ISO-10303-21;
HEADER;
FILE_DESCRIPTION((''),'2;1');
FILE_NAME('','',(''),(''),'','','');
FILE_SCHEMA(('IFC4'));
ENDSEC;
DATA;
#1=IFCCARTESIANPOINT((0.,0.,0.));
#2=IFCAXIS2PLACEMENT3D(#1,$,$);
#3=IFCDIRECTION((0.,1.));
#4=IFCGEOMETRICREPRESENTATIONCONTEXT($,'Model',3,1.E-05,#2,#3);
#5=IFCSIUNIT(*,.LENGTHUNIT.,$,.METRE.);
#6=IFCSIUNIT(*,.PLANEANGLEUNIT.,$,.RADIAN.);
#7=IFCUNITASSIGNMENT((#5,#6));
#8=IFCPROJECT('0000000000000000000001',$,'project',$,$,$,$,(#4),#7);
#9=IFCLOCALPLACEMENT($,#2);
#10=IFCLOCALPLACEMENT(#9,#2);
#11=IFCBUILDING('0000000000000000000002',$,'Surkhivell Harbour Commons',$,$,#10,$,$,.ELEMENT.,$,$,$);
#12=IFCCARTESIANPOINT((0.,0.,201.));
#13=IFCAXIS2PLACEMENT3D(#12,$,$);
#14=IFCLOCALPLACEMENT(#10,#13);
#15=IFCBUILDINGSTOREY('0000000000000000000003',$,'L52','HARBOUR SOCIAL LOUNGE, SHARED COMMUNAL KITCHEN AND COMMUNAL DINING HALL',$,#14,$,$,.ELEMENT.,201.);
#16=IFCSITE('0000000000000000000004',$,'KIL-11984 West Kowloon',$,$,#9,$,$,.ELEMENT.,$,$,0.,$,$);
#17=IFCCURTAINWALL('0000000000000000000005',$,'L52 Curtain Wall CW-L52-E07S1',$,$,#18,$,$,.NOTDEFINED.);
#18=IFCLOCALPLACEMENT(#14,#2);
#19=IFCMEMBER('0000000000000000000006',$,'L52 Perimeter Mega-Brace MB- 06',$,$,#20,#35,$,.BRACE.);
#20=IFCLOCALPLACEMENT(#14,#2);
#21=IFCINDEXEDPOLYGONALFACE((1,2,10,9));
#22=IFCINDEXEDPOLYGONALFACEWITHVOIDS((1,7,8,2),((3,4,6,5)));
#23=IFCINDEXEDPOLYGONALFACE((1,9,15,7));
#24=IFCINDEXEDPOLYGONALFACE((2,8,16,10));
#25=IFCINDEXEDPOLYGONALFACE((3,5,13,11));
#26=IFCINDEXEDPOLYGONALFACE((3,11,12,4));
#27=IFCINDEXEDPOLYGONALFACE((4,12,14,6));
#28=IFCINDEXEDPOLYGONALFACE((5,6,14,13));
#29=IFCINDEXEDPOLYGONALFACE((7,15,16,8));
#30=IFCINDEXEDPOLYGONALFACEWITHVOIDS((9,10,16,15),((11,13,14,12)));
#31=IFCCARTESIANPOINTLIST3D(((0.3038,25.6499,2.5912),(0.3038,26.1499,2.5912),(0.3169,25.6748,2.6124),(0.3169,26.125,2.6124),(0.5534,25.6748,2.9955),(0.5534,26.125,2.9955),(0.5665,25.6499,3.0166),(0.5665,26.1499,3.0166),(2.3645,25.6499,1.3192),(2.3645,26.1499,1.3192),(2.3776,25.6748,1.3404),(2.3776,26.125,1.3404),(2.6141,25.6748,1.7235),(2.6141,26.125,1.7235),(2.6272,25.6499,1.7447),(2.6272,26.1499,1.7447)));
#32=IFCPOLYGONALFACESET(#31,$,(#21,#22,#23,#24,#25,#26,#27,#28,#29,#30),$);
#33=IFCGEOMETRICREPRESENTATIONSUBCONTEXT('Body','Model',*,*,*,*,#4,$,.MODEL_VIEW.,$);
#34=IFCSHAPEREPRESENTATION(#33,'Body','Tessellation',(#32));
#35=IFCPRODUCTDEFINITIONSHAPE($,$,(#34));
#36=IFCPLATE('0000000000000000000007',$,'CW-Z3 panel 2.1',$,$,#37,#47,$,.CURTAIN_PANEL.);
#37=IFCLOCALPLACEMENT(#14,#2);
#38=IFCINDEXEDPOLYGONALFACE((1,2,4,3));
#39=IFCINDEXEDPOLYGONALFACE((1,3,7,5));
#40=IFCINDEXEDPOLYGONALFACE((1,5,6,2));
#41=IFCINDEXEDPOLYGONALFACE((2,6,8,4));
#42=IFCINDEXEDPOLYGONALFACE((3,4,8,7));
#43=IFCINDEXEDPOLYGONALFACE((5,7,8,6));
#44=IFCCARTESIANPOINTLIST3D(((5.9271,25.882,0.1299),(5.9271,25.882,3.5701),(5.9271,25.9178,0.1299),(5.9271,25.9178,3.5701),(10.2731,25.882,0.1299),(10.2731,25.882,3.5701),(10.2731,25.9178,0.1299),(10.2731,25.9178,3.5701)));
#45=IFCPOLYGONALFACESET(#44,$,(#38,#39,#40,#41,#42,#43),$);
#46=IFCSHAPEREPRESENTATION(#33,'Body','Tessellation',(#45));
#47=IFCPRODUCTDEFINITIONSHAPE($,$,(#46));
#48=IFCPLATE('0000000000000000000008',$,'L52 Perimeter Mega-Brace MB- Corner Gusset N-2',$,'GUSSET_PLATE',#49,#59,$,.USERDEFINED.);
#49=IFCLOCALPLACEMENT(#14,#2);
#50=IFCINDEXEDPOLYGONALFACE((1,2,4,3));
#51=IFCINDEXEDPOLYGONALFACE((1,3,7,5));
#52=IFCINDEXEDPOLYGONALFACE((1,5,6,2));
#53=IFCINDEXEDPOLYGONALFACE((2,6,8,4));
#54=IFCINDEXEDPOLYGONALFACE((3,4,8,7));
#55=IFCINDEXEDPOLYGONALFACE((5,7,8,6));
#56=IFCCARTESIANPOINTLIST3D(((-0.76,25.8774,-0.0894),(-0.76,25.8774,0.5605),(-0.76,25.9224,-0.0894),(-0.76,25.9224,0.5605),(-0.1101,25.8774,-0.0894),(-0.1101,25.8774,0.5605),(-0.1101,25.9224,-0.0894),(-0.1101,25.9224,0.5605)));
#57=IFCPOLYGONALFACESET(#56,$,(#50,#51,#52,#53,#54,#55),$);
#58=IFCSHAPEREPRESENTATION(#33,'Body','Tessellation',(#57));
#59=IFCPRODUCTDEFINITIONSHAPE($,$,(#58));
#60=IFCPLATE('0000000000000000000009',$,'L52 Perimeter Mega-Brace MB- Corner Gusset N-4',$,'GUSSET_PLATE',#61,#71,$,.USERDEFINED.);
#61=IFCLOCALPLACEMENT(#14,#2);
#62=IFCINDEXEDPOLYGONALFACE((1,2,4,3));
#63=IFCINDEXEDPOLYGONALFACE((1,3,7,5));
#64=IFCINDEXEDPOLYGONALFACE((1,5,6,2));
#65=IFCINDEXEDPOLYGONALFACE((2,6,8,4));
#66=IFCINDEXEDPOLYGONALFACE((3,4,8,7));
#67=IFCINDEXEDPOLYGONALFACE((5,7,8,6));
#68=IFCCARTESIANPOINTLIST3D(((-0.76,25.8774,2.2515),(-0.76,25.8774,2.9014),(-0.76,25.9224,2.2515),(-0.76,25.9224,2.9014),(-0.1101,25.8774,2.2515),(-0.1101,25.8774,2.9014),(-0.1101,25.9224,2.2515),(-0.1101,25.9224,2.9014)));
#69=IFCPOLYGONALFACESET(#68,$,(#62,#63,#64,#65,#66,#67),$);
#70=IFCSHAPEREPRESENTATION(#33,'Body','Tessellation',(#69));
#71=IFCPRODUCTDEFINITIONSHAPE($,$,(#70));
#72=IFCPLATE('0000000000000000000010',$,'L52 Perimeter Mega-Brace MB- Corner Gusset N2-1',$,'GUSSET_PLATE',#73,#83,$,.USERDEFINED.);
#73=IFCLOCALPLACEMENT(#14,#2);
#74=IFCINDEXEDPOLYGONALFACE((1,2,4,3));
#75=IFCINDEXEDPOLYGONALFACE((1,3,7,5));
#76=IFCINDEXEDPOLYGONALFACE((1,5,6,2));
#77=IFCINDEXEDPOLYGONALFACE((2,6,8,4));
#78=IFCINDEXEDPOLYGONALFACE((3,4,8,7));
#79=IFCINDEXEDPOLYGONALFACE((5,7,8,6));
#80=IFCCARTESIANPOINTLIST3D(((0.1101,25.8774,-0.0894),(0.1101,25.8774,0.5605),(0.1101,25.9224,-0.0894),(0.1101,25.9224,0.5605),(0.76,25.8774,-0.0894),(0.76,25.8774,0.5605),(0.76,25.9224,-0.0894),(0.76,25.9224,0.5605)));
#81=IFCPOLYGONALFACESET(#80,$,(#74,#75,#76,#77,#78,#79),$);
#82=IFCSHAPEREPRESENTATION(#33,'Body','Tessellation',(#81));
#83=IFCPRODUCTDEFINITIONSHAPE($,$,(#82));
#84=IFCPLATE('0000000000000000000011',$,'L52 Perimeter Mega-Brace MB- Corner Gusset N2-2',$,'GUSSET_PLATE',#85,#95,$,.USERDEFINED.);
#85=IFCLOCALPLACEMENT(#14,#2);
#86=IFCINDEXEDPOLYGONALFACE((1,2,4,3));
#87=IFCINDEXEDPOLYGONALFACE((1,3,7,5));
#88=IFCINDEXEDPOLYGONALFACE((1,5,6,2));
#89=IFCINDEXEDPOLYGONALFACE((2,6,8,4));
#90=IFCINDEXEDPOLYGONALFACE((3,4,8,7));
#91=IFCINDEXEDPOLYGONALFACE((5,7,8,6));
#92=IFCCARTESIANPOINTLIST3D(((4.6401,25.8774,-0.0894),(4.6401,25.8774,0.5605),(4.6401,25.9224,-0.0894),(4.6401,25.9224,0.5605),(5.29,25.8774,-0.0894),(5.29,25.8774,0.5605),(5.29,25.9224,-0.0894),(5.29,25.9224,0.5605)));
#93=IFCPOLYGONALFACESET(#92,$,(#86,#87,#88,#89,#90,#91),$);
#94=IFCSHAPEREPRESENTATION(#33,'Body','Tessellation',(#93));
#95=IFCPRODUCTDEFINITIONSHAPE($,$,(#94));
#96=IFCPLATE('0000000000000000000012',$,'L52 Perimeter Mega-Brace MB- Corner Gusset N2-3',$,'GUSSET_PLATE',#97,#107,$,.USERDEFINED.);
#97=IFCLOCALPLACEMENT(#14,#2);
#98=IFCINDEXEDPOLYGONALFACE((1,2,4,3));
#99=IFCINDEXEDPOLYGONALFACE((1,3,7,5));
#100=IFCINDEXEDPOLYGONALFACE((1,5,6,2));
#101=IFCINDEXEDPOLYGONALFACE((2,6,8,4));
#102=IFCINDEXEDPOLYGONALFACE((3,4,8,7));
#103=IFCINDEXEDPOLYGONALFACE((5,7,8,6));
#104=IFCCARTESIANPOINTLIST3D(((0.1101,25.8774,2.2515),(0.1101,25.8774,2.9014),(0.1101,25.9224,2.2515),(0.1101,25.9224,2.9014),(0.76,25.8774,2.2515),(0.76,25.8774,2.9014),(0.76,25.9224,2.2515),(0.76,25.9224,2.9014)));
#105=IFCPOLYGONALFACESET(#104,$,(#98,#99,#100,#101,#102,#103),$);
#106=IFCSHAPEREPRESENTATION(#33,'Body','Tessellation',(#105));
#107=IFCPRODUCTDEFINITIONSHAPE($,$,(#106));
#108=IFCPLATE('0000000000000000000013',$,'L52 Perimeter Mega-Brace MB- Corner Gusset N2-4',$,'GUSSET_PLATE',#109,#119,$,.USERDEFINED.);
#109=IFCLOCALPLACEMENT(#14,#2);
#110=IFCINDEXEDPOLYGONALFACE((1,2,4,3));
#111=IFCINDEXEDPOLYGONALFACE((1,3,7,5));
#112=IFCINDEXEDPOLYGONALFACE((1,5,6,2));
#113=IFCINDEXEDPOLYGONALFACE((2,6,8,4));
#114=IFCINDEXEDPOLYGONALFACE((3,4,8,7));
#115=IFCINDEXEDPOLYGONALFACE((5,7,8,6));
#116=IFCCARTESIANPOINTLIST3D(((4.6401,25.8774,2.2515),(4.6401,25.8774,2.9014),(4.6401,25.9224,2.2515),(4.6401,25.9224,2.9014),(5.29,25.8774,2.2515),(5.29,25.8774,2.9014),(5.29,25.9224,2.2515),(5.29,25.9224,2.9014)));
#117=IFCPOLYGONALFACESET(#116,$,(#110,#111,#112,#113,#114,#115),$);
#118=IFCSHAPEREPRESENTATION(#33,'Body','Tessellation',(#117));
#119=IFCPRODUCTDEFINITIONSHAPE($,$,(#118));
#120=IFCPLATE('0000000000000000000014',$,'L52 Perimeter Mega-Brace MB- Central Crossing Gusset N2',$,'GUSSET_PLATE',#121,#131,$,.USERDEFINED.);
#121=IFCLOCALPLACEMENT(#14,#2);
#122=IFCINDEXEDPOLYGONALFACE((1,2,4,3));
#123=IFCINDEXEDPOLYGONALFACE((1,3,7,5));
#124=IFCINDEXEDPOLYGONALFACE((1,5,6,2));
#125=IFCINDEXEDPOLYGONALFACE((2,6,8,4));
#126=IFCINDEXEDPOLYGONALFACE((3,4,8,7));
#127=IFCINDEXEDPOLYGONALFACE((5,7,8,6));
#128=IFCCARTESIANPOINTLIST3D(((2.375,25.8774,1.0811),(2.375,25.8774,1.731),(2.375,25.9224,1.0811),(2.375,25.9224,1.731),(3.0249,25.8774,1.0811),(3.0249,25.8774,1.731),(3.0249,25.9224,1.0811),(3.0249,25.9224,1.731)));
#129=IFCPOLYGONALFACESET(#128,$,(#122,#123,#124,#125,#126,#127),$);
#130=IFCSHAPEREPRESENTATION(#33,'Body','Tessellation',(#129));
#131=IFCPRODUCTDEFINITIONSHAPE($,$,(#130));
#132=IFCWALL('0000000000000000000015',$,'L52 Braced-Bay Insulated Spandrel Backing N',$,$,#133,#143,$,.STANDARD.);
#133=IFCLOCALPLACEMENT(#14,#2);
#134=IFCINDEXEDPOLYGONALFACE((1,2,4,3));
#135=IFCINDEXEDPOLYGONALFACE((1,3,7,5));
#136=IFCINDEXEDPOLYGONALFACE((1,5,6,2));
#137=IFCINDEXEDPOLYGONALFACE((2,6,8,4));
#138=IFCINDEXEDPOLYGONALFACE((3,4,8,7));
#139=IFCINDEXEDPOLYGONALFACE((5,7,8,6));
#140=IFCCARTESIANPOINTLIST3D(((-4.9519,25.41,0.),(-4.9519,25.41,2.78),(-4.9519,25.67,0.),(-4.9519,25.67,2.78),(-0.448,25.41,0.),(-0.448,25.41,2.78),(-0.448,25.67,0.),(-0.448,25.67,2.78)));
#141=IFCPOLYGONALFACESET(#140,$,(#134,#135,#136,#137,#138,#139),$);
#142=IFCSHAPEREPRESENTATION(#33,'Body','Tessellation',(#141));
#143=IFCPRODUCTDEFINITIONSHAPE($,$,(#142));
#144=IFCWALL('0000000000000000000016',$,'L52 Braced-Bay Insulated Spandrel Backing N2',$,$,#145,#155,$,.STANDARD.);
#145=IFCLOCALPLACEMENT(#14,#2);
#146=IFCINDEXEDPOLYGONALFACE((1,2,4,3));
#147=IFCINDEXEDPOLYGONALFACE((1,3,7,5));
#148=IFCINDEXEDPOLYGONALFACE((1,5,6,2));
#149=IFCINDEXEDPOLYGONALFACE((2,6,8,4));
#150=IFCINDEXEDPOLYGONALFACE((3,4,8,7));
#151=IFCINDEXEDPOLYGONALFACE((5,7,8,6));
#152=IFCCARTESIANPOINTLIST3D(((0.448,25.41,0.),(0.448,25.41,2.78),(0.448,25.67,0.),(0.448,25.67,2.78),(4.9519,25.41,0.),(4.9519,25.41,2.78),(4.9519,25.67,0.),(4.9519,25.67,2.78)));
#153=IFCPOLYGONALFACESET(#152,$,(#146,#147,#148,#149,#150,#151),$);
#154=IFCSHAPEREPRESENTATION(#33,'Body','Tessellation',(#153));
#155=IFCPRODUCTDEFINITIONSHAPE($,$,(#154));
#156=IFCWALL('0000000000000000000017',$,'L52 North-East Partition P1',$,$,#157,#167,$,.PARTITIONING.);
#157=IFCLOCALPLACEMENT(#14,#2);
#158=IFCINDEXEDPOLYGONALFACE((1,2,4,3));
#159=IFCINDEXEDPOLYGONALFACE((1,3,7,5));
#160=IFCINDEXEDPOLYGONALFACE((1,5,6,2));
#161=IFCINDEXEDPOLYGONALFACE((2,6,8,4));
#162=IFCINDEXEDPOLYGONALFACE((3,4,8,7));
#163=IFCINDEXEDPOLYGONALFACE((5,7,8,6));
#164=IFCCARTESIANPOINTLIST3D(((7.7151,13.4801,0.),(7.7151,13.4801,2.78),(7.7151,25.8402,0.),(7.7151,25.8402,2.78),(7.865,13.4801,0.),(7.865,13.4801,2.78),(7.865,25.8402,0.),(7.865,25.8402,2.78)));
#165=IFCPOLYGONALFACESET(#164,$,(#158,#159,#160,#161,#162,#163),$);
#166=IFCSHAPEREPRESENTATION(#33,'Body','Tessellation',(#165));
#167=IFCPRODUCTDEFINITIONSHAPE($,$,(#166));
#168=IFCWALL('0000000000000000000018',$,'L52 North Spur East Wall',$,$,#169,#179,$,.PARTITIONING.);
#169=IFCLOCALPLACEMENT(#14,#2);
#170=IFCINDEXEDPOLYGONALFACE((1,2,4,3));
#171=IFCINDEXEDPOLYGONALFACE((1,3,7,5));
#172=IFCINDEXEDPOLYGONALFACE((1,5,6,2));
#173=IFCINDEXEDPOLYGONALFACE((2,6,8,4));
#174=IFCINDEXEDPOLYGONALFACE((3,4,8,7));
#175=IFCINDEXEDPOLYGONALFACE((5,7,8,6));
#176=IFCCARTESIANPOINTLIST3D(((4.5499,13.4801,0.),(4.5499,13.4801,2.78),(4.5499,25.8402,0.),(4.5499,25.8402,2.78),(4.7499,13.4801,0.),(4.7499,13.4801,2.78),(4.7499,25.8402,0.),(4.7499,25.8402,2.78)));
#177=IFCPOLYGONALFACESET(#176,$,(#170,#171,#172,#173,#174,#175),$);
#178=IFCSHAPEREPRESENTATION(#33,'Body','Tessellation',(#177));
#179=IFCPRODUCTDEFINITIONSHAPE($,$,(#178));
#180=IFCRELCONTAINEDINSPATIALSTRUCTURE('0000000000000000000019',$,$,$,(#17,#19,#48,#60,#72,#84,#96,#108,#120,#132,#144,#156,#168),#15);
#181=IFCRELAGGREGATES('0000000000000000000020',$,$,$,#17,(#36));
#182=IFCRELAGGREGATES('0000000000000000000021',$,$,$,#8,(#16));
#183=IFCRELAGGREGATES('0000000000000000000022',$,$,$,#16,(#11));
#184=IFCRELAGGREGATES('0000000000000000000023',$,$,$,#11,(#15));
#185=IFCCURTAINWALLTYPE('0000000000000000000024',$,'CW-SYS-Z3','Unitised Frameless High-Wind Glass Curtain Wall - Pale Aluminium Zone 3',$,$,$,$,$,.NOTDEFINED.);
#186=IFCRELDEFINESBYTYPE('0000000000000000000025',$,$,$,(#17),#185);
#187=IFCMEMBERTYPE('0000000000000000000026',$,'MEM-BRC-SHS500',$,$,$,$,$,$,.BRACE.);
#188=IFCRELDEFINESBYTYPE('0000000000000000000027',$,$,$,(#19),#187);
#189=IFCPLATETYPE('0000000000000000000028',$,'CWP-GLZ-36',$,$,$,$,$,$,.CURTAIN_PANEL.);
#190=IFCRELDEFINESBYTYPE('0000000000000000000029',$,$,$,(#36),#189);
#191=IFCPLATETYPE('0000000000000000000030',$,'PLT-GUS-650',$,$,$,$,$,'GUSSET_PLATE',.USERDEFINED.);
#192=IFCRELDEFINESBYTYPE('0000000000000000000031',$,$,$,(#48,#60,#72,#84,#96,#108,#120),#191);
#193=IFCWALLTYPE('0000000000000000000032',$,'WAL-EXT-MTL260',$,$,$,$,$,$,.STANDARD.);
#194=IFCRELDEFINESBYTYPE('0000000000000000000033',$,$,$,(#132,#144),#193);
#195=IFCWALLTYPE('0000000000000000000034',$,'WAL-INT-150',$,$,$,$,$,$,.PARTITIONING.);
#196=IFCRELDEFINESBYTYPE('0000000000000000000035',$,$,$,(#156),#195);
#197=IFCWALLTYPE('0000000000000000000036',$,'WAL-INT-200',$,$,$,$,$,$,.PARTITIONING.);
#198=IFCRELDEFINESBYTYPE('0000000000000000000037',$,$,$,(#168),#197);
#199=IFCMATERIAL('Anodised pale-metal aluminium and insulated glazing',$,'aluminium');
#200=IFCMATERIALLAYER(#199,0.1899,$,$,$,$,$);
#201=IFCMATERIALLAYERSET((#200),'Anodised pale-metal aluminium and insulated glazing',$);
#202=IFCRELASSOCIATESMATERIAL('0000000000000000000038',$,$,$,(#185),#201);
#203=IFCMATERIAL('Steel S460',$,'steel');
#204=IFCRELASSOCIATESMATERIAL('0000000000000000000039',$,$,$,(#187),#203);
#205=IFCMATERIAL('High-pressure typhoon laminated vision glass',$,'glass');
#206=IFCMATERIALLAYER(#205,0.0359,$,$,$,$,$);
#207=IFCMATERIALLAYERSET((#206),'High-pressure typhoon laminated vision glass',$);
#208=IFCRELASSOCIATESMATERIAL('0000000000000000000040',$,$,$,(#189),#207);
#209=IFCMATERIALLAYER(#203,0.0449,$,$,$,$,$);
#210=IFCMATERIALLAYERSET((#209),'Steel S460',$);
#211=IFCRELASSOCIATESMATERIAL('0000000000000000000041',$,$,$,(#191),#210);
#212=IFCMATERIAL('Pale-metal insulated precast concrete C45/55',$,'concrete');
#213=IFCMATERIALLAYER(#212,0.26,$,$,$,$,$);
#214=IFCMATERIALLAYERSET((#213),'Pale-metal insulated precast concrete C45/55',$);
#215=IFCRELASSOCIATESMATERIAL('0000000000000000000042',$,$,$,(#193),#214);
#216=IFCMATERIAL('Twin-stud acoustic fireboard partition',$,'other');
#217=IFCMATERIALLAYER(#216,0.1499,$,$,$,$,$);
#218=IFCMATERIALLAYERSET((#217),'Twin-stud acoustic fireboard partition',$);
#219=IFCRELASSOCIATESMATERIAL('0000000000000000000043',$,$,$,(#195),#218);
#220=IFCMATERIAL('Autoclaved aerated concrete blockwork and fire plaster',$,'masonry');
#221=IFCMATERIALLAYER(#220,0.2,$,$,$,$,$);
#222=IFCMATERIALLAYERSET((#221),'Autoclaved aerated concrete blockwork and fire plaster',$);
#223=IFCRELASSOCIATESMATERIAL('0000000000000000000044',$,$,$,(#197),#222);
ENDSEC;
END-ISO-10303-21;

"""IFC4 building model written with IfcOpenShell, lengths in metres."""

from ifc_helpers import new_model, si_unit, direction, frame, frame_2d, origin, origin_2d, place, context, subcontext, project, spatial, rectangle, hollow_rectangle, extrude, material, layer, layer_set, material_profile, profile_set, type_object, element, aggregate, save


model = new_model("IFC4")

# Units and contexts
model_context = context("Model", 3, precision=1e-05, world=origin(), true_north=direction((0.0, 1.0)))
body_context = subcontext(model_context, "Body", "Model", "MODEL_VIEW")
ifc_project = project(units=[si_unit("LENGTHUNIT", "METRE"), si_unit("PLANEANGLEUNIT", "RADIAN")], contexts=[model_context])

# Site, building, storey
site_placement = place(None, origin())
site = spatial("IfcSite", under=ifc_project, at=site_placement, Name="KIL-11984 West Kowloon", CompositionType="ELEMENT", RefElevation=0.0)
building_placement = place(site_placement, origin())
building = spatial("IfcBuilding", under=site, at=building_placement, Name="Surkhivell Harbour Commons", CompositionType="ELEMENT")
storey_placement = place(building_placement, frame((0.0, 0.0, 201.0)))
storey = spatial("IfcBuildingStorey", under=building, at=storey_placement, Name="L52", Description="HARBOUR SOCIAL LOUNGE, SHARED COMMUNAL KITCHEN AND COMMUNAL DINING HALL", CompositionType="ELEMENT", Elevation=201.0)

# Curtain wall
ifc_material_1 = material(Name="Anodised pale-metal aluminium and insulated glazing", Category="aluminium")
ifc_layer_1 = layer(ifc_material_1, 0.1899)
ifc_layer_set_1 = layer_set([ifc_layer_1], Name="Anodised pale-metal aluminium and insulated glazing")
curtain_wall_type = type_object("IfcCurtainWallType", Name="CW-SYS-Z3", Description="Unitised Frameless High-Wind Glass Curtain Wall - Pale Aluminium Zone 3", PredefinedType="NOTDEFINED", material=ifc_layer_set_1)
curtain_wall_placement = place(storey_placement, origin())
curtain_wall = element("IfcCurtainWall", 1, at=curtain_wall_placement, inside=storey, type_object=curtain_wall_type, Name="L52 Curtain Wall CW-L52-E07S1", PredefinedType="NOTDEFINED")

# Member
ifc_material_2 = material(Name="Steel S460", Category="steel")
ifc_material_profile_1 = material_profile(ifc_material_2, hollow_rectangle(XDim=0.5, YDim=0.5, WallThickness=0.0249, at=origin_2d()), Name="SHS500x500x25")
ifc_profile_set_1 = profile_set([ifc_material_profile_1], Name="Steel S460")
member_type_1 = type_object("IfcMemberType", Name="MEM-BRC-SHS500", PredefinedType="BRACE", material=ifc_profile_set_1)
for number, where, z_axis, x_axis, name in (
    (2, (2.4958, 25.8999, 1.532), (-0.850958, 0.0, 0.525233), (0.0, -1.0, 0.0), "L52 Perimeter Mega-Brace MB- 06"),
):
    element("IfcMember", number, at=place(storey_placement, frame(where, z_axis=z_axis, x_axis=x_axis)), inside=storey, type_object=member_type_1, Name=name, PredefinedType="BRACE", context=body_context, shape_type="SweptSolid", body=[
        extrude(hollow_rectangle(XDim=0.5, YDim=0.5, WallThickness=0.0249, at=origin_2d()), origin(), (0.0, 0.0, 1.0), 2.4216),
    ])

# Plate
ifc_material_3 = material(Name="High-pressure typhoon laminated vision glass", Category="glass")
ifc_layer_2 = layer(ifc_material_3, 0.0359)
ifc_layer_set_2 = layer_set([ifc_layer_2], Name="High-pressure typhoon laminated vision glass")
plate_type_1 = type_object("IfcPlateType", Name="CWP-GLZ-36", PredefinedType="CURTAIN_PANEL", material=ifc_layer_set_2)
plate_placement = place(storey_placement, frame((10.2729, 25.8999, 0.1299), z_axis=(0.0, 0.0, 1.0), x_axis=(-1.0, 0.0, 0.0)))
plate = element("IfcPlate", 3, at=plate_placement, type_object=plate_type_1, Name="CW-Z3 panel 2.1", PredefinedType="CURTAIN_PANEL", context=body_context, shape_type="SweptSolid", body=[
    extrude(rectangle(XDim=4.3459, YDim=0.0359, at=frame_2d((2.1729, 0.0))), origin(), (0.0, 0.0, 1.0), 3.4402),
])
aggregate(curtain_wall, [plate])

# Plates
ifc_layer_3 = layer(ifc_material_2, 0.0449)
ifc_layer_set_3 = layer_set([ifc_layer_3], Name="Steel S460")
plate_type_2 = type_object("IfcPlateType", Name="PLT-GUS-650", ElementType="GUSSET_PLATE", PredefinedType="USERDEFINED", material=ifc_layer_set_3)
for number, where, z_axis, x_axis, name in (
    (4, (-0.4351, 25.8999, -0.0894), (0.0, 0.0, 1.0), (1.0, 0.0, 0.0), "L52 Perimeter Mega-Brace MB- Corner Gusset N-2"),
    (5, (-0.4351, 25.8999, 2.2515), (0.0, 0.0, 1.0), (1.0, 0.0, 0.0), "L52 Perimeter Mega-Brace MB- Corner Gusset N-4"),
    (6, (0.4351, 25.8999, -0.0894), (0.0, 0.0, 1.0), (1.0, 0.0, 0.0), "L52 Perimeter Mega-Brace MB- Corner Gusset N2-1"),
    (7, (4.9651, 25.8999, -0.0894), (0.0, 0.0, 1.0), (1.0, 0.0, 0.0), "L52 Perimeter Mega-Brace MB- Corner Gusset N2-2"),
    (8, (0.4351, 25.8999, 2.2515), (0.0, 0.0, 1.0), (1.0, 0.0, 0.0), "L52 Perimeter Mega-Brace MB- Corner Gusset N2-3"),
    (9, (4.9651, 25.8999, 2.2515), (0.0, 0.0, 1.0), (1.0, 0.0, 0.0), "L52 Perimeter Mega-Brace MB- Corner Gusset N2-4"),
    (10, (2.7, 25.8999, 1.0811), (0.0, 0.0, 1.0), (1.0, 0.0, 0.0), "L52 Perimeter Mega-Brace MB- Central Crossing Gusset N2"),
):
    element("IfcPlate", number, at=place(storey_placement, frame(where, z_axis=z_axis, x_axis=x_axis)), inside=storey, type_object=plate_type_2, Name=name, ObjectType="GUSSET_PLATE", PredefinedType="USERDEFINED", context=body_context, shape_type="SweptSolid", body=[
        extrude(rectangle(XDim=0.6499, YDim=0.0449, at=origin_2d()), origin(), (0.0, 0.0, 1.0), 0.6499),
    ])

# Walls
ifc_material_4 = material(Name="Pale-metal insulated precast concrete C45/55", Category="concrete")
ifc_layer_4 = layer(ifc_material_4, 0.26)
ifc_layer_set_4 = layer_set([ifc_layer_4], Name="Pale-metal insulated precast concrete C45/55")
wall_type_1 = type_object("IfcWallType", Name="WAL-EXT-MTL260", PredefinedType="STANDARD", material=ifc_layer_set_4)
for number, where, z_axis, x_axis, name in (
    (11, (-0.448, 25.54, 0.0), (0.0, 0.0, 1.0), (-1.0, 0.0, 0.0), "L52 Braced-Bay Insulated Spandrel Backing N"),
    (12, (4.9519, 25.54, 0.0), (0.0, 0.0, 1.0), (-1.0, 0.0, 0.0), "L52 Braced-Bay Insulated Spandrel Backing N2"),
):
    element("IfcWall", number, at=place(storey_placement, frame(where, z_axis=z_axis, x_axis=x_axis)), inside=storey, type_object=wall_type_1, Name=name, PredefinedType="STANDARD", context=body_context, shape_type="SweptSolid", body=[
        extrude(rectangle(XDim=4.5039, YDim=0.26, at=frame_2d((2.252, 0.0))), origin(), (0.0, 0.0, 1.0), 2.78),
    ])
ifc_material_5 = material(Name="Twin-stud acoustic fireboard partition", Category="other")
ifc_layer_5 = layer(ifc_material_5, 0.1499)
ifc_layer_set_5 = layer_set([ifc_layer_5], Name="Twin-stud acoustic fireboard partition")
wall_type_2 = type_object("IfcWallType", Name="WAL-INT-150", PredefinedType="PARTITIONING", material=ifc_layer_set_5)
wall_1_placement = place(storey_placement, frame((7.79, 13.48, 0.0), z_axis=(0.0, 0.0, 1.0), x_axis=(0.0, 1.0, 0.0)))
element("IfcWall", 13, at=wall_1_placement, inside=storey, type_object=wall_type_2, Name="L52 North-East Partition P1", PredefinedType="PARTITIONING", context=body_context, shape_type="SweptSolid", body=[
    extrude(rectangle(XDim=12.3601, YDim=0.1499, at=frame_2d((6.1802, 0.0))), origin(), (0.0, 0.0, 1.0), 2.78),
])
ifc_material_6 = material(Name="Autoclaved aerated concrete blockwork and fire plaster", Category="masonry")
ifc_layer_6 = layer(ifc_material_6, 0.2)
ifc_layer_set_6 = layer_set([ifc_layer_6], Name="Autoclaved aerated concrete blockwork and fire plaster")
wall_type_3 = type_object("IfcWallType", Name="WAL-INT-200", PredefinedType="PARTITIONING", material=ifc_layer_set_6)
wall_2_placement = place(storey_placement, frame((4.6499, 13.48, 0.0), z_axis=(0.0, 0.0, 1.0), x_axis=(0.0, 1.0, 0.0)))
element("IfcWall", 14, at=wall_2_placement, inside=storey, type_object=wall_type_3, Name="L52 North Spur East Wall", PredefinedType="PARTITIONING", context=body_context, shape_type="SweptSolid", body=[
    extrude(rectangle(XDim=12.3601, YDim=0.2, at=frame_2d((6.1802, 0.0))), origin(), (0.0, 0.0, 1.0), 2.78),
])

save(model, "model.ifc")
